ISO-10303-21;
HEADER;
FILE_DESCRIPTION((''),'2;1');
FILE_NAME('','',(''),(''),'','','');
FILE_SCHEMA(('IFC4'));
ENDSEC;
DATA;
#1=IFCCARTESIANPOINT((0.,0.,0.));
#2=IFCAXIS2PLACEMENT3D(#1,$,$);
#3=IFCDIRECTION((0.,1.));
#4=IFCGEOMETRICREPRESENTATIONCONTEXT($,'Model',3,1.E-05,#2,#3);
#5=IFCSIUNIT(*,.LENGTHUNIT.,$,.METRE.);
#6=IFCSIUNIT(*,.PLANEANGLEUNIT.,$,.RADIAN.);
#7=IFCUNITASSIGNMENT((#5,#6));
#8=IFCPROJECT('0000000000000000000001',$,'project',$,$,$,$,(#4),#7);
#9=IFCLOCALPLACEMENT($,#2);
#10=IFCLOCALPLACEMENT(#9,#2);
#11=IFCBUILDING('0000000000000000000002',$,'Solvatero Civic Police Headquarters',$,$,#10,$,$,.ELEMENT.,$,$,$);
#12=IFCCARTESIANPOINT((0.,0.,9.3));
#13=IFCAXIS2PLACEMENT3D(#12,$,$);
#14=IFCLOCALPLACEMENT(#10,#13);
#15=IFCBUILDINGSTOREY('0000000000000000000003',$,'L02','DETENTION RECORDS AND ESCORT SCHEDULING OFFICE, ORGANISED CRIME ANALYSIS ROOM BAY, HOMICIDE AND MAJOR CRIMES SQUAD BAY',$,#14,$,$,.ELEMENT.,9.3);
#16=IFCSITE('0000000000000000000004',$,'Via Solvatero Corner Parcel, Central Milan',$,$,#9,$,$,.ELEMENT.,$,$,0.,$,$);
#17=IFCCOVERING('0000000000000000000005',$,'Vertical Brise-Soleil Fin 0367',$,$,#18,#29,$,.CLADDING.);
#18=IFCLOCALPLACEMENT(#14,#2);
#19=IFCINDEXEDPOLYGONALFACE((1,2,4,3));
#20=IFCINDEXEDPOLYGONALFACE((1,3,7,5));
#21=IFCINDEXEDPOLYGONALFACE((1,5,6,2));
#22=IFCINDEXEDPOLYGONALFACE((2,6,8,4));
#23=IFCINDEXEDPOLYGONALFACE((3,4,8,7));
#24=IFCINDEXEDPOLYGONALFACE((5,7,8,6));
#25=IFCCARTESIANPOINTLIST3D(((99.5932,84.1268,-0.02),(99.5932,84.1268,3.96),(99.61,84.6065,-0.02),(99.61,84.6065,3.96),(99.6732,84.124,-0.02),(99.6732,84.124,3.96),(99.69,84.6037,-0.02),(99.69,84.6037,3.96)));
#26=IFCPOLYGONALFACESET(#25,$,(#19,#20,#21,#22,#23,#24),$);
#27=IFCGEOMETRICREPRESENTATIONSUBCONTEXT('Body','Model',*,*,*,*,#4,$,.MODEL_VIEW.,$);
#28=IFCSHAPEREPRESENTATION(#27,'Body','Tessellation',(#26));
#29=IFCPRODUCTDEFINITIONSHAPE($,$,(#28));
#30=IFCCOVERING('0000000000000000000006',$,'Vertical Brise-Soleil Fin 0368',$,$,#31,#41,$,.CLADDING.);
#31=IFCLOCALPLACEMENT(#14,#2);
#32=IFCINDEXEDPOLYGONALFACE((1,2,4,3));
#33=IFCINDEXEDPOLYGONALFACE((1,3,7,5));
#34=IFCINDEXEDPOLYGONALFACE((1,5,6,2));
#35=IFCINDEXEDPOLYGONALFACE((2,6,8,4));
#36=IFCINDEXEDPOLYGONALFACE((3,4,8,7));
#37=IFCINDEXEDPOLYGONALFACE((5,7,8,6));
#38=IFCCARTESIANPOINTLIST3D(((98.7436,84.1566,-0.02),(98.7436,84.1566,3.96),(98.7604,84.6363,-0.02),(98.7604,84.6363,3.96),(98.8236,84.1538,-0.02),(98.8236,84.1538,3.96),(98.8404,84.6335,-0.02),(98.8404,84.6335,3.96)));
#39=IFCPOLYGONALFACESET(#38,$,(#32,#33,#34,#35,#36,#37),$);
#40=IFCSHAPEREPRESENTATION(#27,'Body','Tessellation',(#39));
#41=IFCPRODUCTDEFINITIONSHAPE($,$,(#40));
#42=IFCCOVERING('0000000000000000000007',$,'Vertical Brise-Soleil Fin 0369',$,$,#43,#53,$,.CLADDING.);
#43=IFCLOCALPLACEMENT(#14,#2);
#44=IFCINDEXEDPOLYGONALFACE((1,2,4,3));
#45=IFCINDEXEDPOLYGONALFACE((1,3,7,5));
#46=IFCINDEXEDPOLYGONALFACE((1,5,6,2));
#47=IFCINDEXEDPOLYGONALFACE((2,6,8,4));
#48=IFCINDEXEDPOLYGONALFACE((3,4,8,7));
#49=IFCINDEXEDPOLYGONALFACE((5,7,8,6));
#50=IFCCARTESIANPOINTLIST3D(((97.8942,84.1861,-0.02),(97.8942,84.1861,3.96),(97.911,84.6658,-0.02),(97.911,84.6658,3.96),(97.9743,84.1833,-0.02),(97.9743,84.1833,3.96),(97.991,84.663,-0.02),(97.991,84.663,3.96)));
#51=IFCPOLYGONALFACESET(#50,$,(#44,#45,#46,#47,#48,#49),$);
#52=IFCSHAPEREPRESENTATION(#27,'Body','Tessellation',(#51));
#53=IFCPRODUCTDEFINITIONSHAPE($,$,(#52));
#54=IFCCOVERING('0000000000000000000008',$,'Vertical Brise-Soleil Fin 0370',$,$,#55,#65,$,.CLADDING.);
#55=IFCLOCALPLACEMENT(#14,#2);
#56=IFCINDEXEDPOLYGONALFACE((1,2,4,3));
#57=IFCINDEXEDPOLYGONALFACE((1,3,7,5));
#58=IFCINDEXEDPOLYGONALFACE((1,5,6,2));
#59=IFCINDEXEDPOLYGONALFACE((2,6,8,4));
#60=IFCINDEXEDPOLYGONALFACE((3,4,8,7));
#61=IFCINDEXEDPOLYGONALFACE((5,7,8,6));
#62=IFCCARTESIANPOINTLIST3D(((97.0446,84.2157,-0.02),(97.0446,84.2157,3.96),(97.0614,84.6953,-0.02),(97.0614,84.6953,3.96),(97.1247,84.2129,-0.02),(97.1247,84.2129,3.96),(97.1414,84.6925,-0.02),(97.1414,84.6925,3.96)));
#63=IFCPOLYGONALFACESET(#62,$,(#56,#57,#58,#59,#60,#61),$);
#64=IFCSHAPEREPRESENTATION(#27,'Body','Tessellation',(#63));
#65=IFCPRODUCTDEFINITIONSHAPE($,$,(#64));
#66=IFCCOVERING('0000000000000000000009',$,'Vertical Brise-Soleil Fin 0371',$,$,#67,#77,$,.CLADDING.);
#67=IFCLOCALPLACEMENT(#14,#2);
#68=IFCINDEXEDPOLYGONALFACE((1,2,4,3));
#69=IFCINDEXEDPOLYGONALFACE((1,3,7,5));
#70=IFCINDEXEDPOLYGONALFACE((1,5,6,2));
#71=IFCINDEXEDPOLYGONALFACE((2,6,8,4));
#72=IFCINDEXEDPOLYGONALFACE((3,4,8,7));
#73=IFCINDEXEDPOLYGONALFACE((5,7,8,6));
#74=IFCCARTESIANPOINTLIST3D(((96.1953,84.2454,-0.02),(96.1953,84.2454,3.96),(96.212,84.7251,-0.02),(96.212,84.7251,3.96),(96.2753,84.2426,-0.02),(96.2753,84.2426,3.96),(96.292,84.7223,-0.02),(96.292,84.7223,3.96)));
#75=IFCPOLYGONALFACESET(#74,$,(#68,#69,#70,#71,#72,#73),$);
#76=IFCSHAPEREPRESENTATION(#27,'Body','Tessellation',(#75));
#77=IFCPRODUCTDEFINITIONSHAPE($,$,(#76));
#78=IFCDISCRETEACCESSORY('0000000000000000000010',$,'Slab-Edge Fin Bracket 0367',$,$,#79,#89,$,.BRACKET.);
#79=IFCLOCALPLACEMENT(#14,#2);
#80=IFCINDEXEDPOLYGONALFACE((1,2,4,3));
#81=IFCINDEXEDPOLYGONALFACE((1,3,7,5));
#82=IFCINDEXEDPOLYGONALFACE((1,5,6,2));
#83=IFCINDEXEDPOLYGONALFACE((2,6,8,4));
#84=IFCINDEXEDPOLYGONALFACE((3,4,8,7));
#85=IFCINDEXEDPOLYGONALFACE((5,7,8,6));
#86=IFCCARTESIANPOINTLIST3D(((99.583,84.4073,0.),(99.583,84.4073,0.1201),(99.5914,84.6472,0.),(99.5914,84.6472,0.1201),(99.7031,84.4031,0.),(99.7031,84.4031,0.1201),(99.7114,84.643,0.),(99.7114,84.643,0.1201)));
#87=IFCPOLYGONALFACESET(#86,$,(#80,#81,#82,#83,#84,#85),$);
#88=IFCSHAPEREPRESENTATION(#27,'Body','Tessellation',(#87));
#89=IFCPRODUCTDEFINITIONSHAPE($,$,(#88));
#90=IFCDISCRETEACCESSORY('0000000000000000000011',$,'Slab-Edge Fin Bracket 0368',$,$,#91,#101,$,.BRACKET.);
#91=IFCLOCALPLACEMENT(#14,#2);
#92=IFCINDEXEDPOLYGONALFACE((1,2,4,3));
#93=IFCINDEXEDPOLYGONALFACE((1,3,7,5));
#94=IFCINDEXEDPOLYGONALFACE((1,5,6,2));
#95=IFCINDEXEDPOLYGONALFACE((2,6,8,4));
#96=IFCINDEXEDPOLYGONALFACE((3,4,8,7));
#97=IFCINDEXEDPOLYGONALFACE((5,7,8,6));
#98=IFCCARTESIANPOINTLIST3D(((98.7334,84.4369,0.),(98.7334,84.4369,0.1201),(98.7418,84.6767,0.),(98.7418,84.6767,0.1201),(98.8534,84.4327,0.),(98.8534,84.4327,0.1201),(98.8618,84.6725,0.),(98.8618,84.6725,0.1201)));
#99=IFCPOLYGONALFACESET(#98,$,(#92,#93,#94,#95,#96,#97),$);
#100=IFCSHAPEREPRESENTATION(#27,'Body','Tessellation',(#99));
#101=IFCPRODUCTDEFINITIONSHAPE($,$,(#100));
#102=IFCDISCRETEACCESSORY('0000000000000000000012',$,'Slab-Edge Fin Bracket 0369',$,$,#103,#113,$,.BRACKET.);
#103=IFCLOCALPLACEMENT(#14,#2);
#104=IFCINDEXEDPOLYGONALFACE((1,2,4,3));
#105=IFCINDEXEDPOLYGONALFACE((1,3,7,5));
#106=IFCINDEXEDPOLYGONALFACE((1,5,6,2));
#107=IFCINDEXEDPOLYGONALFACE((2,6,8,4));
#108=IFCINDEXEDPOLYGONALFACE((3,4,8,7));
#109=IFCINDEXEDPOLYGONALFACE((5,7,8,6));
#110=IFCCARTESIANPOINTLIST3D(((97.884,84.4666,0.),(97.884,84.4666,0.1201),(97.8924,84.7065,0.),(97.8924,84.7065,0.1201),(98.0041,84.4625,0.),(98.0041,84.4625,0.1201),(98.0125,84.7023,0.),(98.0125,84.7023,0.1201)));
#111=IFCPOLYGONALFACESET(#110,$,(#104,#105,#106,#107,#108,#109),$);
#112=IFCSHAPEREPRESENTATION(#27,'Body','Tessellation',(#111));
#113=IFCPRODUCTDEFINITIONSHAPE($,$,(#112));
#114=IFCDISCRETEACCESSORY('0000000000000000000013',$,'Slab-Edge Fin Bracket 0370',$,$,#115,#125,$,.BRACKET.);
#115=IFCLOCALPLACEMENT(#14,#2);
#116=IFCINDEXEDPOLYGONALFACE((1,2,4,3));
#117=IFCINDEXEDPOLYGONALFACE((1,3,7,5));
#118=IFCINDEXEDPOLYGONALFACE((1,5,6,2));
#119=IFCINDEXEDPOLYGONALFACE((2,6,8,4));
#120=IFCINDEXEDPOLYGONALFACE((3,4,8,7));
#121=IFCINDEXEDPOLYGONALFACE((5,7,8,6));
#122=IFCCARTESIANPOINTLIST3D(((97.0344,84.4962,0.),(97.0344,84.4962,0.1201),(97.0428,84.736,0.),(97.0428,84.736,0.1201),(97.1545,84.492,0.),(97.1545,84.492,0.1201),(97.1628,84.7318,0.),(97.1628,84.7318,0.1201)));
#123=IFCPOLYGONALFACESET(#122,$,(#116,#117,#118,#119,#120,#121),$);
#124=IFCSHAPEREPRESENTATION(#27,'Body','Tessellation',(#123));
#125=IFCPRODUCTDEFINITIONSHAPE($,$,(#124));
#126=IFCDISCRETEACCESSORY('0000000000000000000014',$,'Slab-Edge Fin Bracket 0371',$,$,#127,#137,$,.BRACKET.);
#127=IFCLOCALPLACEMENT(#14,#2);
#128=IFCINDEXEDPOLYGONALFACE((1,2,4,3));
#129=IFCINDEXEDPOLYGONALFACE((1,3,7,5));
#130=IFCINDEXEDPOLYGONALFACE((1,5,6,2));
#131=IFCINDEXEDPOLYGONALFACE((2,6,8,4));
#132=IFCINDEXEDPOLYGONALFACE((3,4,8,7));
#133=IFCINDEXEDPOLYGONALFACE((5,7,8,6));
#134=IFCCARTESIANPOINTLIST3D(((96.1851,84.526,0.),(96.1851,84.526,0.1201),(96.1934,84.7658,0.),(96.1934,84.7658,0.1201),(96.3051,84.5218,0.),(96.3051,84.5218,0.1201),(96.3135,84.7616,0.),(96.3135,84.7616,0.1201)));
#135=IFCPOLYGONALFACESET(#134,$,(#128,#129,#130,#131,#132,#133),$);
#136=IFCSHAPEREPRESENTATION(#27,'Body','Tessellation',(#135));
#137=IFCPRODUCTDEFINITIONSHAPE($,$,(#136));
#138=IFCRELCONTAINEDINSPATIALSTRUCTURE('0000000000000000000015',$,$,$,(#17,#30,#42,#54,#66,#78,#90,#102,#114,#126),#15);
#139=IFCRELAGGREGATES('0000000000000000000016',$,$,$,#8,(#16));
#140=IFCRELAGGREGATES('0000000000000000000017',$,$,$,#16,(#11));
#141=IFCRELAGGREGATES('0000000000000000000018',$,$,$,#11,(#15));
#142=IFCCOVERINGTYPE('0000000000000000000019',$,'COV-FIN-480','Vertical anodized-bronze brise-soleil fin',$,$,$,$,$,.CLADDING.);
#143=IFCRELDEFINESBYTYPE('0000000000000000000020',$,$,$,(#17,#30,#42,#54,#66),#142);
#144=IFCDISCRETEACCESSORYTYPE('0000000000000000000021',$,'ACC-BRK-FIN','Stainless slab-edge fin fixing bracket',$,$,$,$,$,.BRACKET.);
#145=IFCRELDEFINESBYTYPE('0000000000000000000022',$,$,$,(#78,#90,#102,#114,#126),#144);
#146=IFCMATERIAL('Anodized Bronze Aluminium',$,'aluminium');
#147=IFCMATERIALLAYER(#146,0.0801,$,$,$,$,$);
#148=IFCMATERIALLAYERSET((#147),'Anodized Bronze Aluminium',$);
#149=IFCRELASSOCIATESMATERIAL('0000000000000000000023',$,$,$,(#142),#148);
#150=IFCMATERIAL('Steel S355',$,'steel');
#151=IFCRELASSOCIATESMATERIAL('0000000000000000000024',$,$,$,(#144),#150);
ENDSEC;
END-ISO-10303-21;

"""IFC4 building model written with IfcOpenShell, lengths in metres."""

from ifc_helpers import new_model, si_unit, direction, frame, origin, origin_2d, place, context, subcontext, project, spatial, rectangle, extrude, material, layer, layer_set, type_object, element, save


model = new_model("IFC4")

# Units and contexts
model_context = context("Model", 3, precision=1e-05, world=origin(), true_north=direction((0.0, 1.0)))
body_context = subcontext(model_context, "Body", "Model", "MODEL_VIEW")
ifc_project = project(units=[si_unit("LENGTHUNIT", "METRE"), si_unit("PLANEANGLEUNIT", "RADIAN")], contexts=[model_context])

# Site, building, storey
site_placement = place(None, origin())
site = spatial("IfcSite", under=ifc_project, at=site_placement, Name="Via Solvatero Corner Parcel, Central Milan", CompositionType="ELEMENT", RefElevation=0.0)
building_placement = place(site_placement, origin())
building = spatial("IfcBuilding", under=site, at=building_placement, Name="Solvatero Civic Police Headquarters", CompositionType="ELEMENT")
storey_placement = place(building_placement, frame((0.0, 0.0, 9.3)))
storey = spatial("IfcBuildingStorey", under=building, at=storey_placement, Name="L02", Description="DETENTION RECORDS AND ESCORT SCHEDULING OFFICE, ORGANISED CRIME ANALYSIS ROOM BAY, HOMICIDE AND MAJOR CRIMES SQUAD BAY", CompositionType="ELEMENT", Elevation=9.3)

# Shared definitions
ifc_material_1 = material(Name="Steel S355", Category="steel")

# Shared definitions
ifc_material_2 = material(Name="Anodized Bronze Aluminium", Category="aluminium")

# Coverings
ifc_layer_1 = layer(ifc_material_2, 0.0801)
ifc_layer_set_1 = layer_set([ifc_layer_1], Name="Anodized Bronze Aluminium")
covering_type = type_object("IfcCoveringType", Name="COV-FIN-480", Description="Vertical anodized-bronze brise-soleil fin", PredefinedType="CLADDING", material=ifc_layer_set_1)
for number, where, z_axis, x_axis, name in (
    (1, (99.6416, 84.3652, -0.02), (0.0, 0.0, 1.0), (-0.999391, 0.034899, 0.0), "Vertical Brise-Soleil Fin 0367"),
    (2, (98.792, 84.395, -0.02), (0.0, 0.0, 1.0), (-0.999391, 0.034899, 0.0), "Vertical Brise-Soleil Fin 0368"),
    (3, (97.9426, 84.4246, -0.02), (0.0, 0.0, 1.0), (-0.999391, 0.034899, 0.0), "Vertical Brise-Soleil Fin 0369"),
    (4, (97.093, 84.4541, -0.02), (0.0, 0.0, 1.0), (-0.999391, 0.034899, 0.0), "Vertical Brise-Soleil Fin 0370"),
    (5, (96.2437, 84.4839, -0.02), (0.0, 0.0, 1.0), (-0.999391, 0.034899, 0.0), "Vertical Brise-Soleil Fin 0371"),
):
    element("IfcCovering", number, at=place(storey_placement, frame(where, z_axis=z_axis, x_axis=x_axis)), inside=storey, type_object=covering_type, Name=name, PredefinedType="CLADDING", context=body_context, shape_type="SweptSolid", body=[
        extrude(rectangle(XDim=0.0801, YDim=0.48, at=origin_2d()), origin(), (0.0, 0.0, 1.0), 3.98),
    ])

# Discrete accessories
discrete_accessory_type = type_object("IfcDiscreteAccessoryType", Name="ACC-BRK-FIN", Description="Stainless slab-edge fin fixing bracket", PredefinedType="BRACKET", material=ifc_material_1)
for number, where, z_axis, x_axis, name in (
    (6, (99.6472, 84.5251, 0.0), (0.0, 0.0, 1.0), (-0.999391, 0.034899, 0.0), "Slab-Edge Fin Bracket 0367"),
    (7, (98.7976, 84.5547, 0.0), (0.0, 0.0, 1.0), (-0.999391, 0.034899, 0.0), "Slab-Edge Fin Bracket 0368"),
    (8, (97.9482, 84.5845, 0.0), (0.0, 0.0, 1.0), (-0.999391, 0.034899, 0.0), "Slab-Edge Fin Bracket 0369"),
    (9, (97.0986, 84.614, 0.0), (0.0, 0.0, 1.0), (-0.999391, 0.034899, 0.0), "Slab-Edge Fin Bracket 0370"),
    (10, (96.2493, 84.6438, 0.0), (0.0, 0.0, 1.0), (-0.999391, 0.034899, 0.0), "Slab-Edge Fin Bracket 0371"),
):
    element("IfcDiscreteAccessory", number, at=place(storey_placement, frame(where, z_axis=z_axis, x_axis=x_axis)), inside=storey, type_object=discrete_accessory_type, Name=name, PredefinedType="BRACKET", context=body_context, shape_type="SweptSolid", body=[
        extrude(rectangle(XDim=0.1201, YDim=0.24, at=origin_2d()), origin(), (0.0, 0.0, 1.0), 0.1201),
    ])

save(model, "model.ifc")
